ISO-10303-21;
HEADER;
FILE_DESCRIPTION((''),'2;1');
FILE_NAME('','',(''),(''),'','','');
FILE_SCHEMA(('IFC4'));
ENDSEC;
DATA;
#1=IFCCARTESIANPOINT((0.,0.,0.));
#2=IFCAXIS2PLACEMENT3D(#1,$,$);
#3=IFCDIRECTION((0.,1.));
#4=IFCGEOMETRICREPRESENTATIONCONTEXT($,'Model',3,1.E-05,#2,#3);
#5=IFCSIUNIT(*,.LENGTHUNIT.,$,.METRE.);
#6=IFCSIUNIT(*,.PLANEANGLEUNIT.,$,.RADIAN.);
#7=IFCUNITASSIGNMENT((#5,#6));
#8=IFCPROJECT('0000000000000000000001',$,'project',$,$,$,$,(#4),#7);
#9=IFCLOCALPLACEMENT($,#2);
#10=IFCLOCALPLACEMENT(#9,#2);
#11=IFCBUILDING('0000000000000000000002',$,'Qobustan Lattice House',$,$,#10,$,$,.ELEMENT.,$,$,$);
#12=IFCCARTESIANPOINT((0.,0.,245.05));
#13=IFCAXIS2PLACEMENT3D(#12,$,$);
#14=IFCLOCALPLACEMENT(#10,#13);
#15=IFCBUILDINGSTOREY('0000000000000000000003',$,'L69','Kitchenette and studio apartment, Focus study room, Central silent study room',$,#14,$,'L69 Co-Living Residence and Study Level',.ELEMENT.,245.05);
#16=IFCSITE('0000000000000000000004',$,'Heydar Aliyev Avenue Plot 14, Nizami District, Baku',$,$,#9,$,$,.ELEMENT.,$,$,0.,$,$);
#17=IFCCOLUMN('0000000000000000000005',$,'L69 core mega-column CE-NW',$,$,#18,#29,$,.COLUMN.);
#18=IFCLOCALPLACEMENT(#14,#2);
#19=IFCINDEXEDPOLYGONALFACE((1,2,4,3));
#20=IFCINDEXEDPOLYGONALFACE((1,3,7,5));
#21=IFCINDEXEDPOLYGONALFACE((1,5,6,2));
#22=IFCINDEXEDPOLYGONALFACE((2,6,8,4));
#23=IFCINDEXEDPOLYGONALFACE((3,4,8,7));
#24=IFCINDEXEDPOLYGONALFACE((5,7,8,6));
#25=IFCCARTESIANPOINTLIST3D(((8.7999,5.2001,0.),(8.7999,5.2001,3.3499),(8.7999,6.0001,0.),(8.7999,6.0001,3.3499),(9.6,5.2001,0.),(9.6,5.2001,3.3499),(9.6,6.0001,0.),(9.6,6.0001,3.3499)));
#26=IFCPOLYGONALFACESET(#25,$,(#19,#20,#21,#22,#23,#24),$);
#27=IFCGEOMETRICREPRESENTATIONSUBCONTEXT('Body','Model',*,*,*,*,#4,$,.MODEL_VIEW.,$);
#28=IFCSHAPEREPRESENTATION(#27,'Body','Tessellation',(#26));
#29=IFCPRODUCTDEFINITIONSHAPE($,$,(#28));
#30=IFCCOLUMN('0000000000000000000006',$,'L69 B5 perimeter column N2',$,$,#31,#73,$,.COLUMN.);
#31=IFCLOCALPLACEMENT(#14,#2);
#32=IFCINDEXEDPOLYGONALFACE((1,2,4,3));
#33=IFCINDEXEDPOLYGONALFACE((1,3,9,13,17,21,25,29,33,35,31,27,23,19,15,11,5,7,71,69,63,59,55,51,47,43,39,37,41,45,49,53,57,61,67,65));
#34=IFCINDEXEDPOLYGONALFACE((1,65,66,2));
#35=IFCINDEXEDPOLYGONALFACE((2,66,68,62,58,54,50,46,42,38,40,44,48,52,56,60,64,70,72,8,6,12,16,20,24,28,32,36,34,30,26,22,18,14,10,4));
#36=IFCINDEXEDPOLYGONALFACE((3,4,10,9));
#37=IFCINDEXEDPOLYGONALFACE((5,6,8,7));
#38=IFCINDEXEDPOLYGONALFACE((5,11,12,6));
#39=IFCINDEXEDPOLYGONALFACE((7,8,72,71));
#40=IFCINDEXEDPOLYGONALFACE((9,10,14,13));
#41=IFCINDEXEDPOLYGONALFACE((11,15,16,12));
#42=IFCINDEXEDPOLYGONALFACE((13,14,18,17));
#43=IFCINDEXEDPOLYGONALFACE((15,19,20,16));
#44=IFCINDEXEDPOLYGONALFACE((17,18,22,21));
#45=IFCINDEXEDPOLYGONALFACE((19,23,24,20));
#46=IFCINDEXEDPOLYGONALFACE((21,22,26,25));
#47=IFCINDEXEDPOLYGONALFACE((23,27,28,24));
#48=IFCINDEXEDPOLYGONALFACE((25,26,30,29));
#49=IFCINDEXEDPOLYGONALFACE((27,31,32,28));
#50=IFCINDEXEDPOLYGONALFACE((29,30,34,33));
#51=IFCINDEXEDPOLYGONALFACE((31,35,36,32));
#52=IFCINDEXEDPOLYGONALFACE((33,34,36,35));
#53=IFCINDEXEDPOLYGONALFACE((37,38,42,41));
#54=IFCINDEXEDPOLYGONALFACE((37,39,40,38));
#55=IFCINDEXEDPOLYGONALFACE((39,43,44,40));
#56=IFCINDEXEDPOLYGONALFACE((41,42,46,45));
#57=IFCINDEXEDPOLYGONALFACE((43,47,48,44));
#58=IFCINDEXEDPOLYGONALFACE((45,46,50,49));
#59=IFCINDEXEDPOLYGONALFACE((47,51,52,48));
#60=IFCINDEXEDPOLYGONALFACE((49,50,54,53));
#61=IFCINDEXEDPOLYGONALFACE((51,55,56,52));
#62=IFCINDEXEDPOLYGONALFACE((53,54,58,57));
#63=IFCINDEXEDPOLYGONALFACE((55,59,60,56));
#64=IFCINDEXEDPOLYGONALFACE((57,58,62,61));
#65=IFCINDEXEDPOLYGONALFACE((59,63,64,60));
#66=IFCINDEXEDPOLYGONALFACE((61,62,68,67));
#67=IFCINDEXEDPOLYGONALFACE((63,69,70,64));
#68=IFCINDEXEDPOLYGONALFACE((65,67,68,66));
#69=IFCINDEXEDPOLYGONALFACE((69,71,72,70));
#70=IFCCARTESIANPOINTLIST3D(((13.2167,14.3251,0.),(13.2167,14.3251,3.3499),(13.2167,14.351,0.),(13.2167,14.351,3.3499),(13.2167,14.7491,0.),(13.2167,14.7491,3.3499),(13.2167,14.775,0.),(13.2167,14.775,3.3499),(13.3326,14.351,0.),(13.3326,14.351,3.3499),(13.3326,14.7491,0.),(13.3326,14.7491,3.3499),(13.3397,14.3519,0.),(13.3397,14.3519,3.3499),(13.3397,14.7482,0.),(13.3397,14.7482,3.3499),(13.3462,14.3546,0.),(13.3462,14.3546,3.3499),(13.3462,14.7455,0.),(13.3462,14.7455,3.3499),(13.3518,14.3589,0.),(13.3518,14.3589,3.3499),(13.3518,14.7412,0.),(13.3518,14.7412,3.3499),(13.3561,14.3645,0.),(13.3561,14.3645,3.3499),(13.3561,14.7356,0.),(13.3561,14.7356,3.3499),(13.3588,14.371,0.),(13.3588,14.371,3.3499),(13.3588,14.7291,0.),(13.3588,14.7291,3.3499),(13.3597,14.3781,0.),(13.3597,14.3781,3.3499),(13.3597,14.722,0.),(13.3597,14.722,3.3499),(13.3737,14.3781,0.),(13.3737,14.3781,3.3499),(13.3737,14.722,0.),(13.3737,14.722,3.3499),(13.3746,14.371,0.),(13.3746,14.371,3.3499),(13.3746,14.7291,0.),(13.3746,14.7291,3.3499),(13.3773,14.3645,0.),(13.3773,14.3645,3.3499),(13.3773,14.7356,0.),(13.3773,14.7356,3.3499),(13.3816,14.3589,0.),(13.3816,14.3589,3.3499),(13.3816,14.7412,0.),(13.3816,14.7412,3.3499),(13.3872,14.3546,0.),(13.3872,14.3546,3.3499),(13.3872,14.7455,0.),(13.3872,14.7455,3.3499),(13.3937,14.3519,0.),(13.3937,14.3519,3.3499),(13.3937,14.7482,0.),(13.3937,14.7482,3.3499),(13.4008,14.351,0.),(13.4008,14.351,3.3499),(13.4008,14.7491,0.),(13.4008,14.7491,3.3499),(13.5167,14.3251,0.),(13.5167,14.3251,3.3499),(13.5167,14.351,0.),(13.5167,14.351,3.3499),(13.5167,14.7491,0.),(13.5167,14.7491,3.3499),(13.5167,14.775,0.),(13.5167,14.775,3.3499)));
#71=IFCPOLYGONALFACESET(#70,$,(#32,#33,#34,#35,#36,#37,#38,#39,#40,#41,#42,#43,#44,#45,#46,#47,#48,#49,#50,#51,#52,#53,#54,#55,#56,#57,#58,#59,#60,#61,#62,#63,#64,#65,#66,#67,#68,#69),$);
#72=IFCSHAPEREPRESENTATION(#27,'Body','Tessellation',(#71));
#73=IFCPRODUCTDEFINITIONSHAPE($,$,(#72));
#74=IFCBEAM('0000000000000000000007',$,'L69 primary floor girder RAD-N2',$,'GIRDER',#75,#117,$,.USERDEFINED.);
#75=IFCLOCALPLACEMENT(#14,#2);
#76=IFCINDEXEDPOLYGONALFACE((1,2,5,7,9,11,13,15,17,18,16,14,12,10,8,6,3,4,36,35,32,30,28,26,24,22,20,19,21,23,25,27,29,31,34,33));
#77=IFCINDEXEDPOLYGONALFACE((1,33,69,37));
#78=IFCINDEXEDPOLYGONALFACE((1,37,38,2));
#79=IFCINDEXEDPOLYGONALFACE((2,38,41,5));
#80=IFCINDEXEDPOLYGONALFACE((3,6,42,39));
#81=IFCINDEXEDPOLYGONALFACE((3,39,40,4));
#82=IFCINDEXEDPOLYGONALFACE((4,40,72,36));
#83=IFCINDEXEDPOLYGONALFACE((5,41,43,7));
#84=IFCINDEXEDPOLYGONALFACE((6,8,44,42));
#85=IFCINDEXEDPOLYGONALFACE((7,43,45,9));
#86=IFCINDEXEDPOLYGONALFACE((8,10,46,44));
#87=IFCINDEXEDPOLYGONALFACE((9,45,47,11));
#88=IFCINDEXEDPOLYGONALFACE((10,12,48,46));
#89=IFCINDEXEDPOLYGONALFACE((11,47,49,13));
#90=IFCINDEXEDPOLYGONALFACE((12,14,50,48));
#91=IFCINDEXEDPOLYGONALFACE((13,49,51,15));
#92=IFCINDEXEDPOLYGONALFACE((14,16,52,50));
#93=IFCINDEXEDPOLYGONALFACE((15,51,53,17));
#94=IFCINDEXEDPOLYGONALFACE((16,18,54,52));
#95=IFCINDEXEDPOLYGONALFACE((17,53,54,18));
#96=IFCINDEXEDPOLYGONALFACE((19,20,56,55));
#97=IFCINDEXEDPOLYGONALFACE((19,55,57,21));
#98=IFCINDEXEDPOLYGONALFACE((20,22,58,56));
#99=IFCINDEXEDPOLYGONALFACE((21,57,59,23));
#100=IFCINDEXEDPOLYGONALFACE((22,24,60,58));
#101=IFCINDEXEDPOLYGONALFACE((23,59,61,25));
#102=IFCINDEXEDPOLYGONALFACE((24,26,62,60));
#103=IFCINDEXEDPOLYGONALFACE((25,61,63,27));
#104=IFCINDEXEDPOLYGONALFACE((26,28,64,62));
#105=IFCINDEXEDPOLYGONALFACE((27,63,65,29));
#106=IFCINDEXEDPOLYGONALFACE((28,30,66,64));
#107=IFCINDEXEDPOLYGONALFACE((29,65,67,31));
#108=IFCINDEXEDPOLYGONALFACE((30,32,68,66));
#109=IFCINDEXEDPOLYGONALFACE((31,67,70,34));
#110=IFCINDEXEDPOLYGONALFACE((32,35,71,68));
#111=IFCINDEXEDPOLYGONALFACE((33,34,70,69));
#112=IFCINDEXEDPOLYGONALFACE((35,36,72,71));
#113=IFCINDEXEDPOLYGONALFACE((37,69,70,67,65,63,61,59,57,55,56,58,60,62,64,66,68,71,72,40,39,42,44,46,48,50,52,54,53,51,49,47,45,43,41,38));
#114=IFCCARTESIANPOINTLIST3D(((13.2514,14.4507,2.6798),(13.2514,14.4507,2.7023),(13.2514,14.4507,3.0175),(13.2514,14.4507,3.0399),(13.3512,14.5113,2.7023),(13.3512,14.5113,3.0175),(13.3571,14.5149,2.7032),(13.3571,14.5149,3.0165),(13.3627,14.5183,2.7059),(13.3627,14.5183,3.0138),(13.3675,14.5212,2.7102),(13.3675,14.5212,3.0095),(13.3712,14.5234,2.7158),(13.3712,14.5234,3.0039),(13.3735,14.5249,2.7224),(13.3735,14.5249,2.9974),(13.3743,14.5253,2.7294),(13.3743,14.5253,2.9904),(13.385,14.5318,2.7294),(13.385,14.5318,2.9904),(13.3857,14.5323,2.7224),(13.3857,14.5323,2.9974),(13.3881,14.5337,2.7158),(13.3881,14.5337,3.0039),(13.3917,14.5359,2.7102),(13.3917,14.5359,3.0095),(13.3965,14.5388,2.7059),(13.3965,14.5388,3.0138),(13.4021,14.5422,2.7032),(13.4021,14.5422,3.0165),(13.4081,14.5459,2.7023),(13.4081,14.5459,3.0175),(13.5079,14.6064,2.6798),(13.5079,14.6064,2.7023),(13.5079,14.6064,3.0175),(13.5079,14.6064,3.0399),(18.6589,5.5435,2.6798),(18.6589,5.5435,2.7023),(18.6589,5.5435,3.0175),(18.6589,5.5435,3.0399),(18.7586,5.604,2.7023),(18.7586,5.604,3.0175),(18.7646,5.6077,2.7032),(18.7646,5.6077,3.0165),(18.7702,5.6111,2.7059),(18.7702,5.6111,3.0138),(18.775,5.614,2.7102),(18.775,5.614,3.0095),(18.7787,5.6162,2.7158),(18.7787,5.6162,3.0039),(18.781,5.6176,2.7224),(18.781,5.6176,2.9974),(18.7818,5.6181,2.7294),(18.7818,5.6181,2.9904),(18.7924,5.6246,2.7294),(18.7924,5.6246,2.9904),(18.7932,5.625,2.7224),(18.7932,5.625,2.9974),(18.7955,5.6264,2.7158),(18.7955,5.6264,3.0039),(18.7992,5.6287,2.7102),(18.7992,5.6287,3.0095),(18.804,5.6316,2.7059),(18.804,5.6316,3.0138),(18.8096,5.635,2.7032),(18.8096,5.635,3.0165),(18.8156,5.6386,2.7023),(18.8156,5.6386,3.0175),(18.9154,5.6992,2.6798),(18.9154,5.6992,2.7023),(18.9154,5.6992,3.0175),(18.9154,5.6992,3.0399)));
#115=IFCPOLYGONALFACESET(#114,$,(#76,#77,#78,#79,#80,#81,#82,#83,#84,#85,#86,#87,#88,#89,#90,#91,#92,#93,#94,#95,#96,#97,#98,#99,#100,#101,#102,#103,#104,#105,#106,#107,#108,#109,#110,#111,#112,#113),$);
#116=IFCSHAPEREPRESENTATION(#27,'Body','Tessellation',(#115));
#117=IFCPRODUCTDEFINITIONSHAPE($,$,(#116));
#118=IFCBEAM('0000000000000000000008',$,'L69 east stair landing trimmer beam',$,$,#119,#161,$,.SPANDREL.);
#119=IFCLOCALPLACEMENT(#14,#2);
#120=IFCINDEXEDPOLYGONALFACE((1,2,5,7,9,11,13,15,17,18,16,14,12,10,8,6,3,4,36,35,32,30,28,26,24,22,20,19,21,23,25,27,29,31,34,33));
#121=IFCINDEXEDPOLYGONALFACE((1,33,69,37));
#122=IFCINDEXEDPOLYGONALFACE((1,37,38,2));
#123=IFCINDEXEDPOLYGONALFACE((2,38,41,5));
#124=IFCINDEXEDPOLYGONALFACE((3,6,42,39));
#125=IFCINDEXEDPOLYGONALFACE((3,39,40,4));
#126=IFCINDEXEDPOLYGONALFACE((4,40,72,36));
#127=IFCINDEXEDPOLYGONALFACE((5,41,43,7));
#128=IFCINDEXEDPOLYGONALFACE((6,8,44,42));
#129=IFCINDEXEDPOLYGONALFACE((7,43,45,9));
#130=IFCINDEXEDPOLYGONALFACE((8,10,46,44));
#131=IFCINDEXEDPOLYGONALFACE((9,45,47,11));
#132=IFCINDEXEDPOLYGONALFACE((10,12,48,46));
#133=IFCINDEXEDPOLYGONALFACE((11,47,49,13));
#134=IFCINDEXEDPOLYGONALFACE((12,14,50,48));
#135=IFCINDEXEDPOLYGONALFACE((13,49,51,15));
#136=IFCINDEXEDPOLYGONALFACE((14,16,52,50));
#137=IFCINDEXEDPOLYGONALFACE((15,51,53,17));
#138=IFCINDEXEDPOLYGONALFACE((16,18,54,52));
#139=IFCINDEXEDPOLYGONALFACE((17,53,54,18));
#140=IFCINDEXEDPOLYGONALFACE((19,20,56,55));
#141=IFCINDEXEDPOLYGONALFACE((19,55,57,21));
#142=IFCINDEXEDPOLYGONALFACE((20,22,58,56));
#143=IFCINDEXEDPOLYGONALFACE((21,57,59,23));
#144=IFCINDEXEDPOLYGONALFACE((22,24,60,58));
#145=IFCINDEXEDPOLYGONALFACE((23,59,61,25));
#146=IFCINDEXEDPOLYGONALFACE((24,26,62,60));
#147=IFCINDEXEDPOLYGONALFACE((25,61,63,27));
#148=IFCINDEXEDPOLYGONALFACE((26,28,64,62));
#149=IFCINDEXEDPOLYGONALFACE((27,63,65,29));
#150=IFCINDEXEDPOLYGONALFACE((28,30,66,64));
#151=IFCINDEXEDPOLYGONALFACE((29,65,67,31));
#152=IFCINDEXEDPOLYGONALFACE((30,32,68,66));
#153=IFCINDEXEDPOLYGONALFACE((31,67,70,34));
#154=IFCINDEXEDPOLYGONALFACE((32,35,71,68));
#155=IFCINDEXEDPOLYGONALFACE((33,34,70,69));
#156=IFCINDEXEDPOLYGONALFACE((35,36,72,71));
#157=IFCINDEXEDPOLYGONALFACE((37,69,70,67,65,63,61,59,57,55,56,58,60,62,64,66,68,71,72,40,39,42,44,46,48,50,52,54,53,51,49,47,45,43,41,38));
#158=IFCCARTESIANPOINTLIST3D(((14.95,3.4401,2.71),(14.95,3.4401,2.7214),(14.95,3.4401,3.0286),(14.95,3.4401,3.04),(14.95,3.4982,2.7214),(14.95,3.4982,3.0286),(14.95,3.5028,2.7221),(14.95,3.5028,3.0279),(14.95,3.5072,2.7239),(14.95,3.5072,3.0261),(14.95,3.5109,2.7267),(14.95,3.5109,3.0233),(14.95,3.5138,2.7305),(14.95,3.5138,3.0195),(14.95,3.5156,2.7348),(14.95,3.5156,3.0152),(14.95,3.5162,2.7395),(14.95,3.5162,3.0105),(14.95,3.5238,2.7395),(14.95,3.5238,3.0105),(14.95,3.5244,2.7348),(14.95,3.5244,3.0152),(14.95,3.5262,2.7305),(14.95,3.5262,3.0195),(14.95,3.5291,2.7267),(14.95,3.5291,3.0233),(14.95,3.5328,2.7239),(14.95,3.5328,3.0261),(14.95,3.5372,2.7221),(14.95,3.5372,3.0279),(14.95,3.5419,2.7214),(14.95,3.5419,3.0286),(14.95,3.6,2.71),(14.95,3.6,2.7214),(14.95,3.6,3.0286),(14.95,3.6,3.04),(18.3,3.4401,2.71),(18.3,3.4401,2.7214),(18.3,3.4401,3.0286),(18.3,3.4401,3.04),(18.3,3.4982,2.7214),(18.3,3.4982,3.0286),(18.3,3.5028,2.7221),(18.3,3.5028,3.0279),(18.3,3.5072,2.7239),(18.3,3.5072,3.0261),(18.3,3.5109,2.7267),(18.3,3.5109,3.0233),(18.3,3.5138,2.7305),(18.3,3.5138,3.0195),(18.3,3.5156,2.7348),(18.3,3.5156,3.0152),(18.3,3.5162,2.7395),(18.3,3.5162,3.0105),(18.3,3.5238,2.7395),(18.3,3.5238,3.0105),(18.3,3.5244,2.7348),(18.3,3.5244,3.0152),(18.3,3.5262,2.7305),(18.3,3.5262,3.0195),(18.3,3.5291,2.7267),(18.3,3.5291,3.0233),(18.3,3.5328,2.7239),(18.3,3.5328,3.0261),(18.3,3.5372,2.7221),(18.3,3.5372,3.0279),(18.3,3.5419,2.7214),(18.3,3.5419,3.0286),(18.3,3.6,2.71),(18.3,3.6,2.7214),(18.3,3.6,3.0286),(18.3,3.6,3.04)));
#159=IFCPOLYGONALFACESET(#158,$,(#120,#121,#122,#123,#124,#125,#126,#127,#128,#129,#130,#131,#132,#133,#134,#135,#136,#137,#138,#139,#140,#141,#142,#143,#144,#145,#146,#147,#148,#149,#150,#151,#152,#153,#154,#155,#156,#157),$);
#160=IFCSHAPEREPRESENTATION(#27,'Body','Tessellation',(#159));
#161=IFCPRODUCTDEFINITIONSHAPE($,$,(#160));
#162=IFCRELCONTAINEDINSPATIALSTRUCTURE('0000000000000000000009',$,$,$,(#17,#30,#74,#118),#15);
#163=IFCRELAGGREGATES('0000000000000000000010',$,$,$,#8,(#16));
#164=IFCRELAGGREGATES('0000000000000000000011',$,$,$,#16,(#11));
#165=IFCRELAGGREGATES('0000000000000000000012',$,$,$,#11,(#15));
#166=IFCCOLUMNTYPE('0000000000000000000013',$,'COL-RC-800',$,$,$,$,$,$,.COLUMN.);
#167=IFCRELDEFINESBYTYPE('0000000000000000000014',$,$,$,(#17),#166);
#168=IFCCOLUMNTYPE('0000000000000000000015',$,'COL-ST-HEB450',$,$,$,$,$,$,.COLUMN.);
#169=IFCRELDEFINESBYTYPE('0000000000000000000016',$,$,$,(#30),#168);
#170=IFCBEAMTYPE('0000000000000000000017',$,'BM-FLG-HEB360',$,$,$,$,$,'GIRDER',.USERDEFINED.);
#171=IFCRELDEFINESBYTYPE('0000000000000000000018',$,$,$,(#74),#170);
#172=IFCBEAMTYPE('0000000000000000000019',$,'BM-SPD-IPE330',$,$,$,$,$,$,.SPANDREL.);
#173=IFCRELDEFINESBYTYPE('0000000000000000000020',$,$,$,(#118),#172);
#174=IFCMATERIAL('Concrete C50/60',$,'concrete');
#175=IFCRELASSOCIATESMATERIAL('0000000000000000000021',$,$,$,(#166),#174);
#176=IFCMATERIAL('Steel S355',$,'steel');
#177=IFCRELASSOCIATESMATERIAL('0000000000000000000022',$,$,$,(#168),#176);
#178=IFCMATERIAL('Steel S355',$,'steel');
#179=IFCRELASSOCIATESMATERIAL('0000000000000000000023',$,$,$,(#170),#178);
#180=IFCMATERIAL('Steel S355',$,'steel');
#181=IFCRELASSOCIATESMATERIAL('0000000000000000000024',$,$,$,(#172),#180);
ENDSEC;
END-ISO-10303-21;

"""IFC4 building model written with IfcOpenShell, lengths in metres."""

from ifc_helpers import new_model, si_unit, direction, frame, origin, origin_2d, place, context, subcontext, project, spatial, rectangle, i_section, extrude, material, material_profile, profile_set, type_object, element, save


model = new_model("IFC4")

# Units and contexts
model_context = context("Model", 3, precision=1e-05, world=origin(), true_north=direction((0.0, 1.0)))
body_context = subcontext(model_context, "Body", "Model", "MODEL_VIEW")
ifc_project = project(units=[si_unit("LENGTHUNIT", "METRE"), si_unit("PLANEANGLEUNIT", "RADIAN")], contexts=[model_context])

# Site, building, storey
site_placement = place(None, origin())
site = spatial("IfcSite", under=ifc_project, at=site_placement, Name="Heydar Aliyev Avenue Plot 14, Nizami District, Baku", CompositionType="ELEMENT", RefElevation=0.0)
building_placement = place(site_placement, origin())
building = spatial("IfcBuilding", under=site, at=building_placement, Name="Qobustan Lattice House", CompositionType="ELEMENT")
storey_placement = place(building_placement, frame((0.0, 0.0, 245.05)))
storey = spatial("IfcBuildingStorey", under=building, at=storey_placement, Name="L69", Description="Kitchenette and studio apartment, Focus study room, Central silent study room", LongName="L69 Co-Living Residence and Study Level", CompositionType="ELEMENT", Elevation=245.05)

# Columns
ifc_material_1 = material(Name="Concrete C50/60", Category="concrete")
ifc_material_profile_1 = material_profile(ifc_material_1, rectangle(XDim=0.8, YDim=0.8, at=origin_2d()), Name="RC800x800")
ifc_profile_set_1 = profile_set([ifc_material_profile_1], Name="Concrete C50/60")
column_type_1 = type_object("IfcColumnType", Name="COL-RC-800", PredefinedType="COLUMN", material=ifc_profile_set_1)
column_1_placement = place(storey_placement, frame((9.2, 5.6001, 0.0), z_axis=(0.0, 0.0, 1.0), x_axis=(1.0, 0.0, 0.0)))
element("IfcColumn", 1, at=column_1_placement, inside=storey, type_object=column_type_1, Name="L69 core mega-column CE-NW", PredefinedType="COLUMN", context=body_context, shape_type="SweptSolid", body=[
    extrude(rectangle(XDim=0.8, YDim=0.8, at=origin_2d()), origin(), (0.0, 0.0, 1.0), 3.3499),
])
ifc_material_2 = material(Name="Steel S355", Category="steel")
ifc_material_profile_2 = material_profile(ifc_material_2, i_section(OverallWidth=0.3, OverallDepth=0.45, WebThickness=0.0139, FlangeThickness=0.0259, FilletRadius=0.0271, at=origin_2d()), Name="HEB450")
ifc_profile_set_2 = profile_set([ifc_material_profile_2], Name="Steel S355")
column_type_2 = type_object("IfcColumnType", Name="COL-ST-HEB450", PredefinedType="COLUMN", material=ifc_profile_set_2)
column_2_placement = place(storey_placement, frame((13.3667, 14.55, 0.0), z_axis=(0.0, 0.0, 1.0), x_axis=(1.0, 0.0, 0.0)))
element("IfcColumn", 2, at=column_2_placement, inside=storey, type_object=column_type_2, Name="L69 B5 perimeter column N2", PredefinedType="COLUMN", context=body_context, shape_type="SweptSolid", body=[
    extrude(i_section(OverallWidth=0.3, OverallDepth=0.45, WebThickness=0.0139, FlangeThickness=0.0259, FilletRadius=0.0271, at=origin_2d()), origin(), (0.0, 0.0, 1.0), 3.3499),
])

# Beams
ifc_material_3 = material(Name="Steel S355", Category="steel")
ifc_material_profile_3 = material_profile(ifc_material_3, i_section(OverallWidth=0.3, OverallDepth=0.3601, WebThickness=0.0125, FlangeThickness=0.0225, FilletRadius=0.0271, at=origin_2d()), Name="HEB360")
ifc_profile_set_3 = profile_set([ifc_material_profile_3], Name="Steel S355")
beam_type_1 = type_object("IfcBeamType", Name="BM-FLG-HEB360", ElementType="GIRDER", PredefinedType="USERDEFINED", material=ifc_profile_set_3)
beam_1_placement = place(storey_placement, frame((13.3796, 14.5286, 2.8599), z_axis=(0.518944, -0.854808, 0.0), x_axis=(0.854808, 0.518944, 0.0)))
element("IfcBeam", 3, at=beam_1_placement, inside=storey, type_object=beam_type_1, Name="L69 primary floor girder RAD-N2", ObjectType="GIRDER", PredefinedType="USERDEFINED", context=body_context, shape_type="SweptSolid", body=[
    extrude(i_section(OverallWidth=0.3, OverallDepth=0.3601, WebThickness=0.0125, FlangeThickness=0.0225, FilletRadius=0.0271, at=origin_2d()), origin(), (0.0, 0.0, 1.0), 10.4202),
])
ifc_material_4 = material(Name="Steel S355", Category="steel")
ifc_material_profile_4 = material_profile(ifc_material_4, i_section(OverallWidth=0.1599, OverallDepth=0.3301, WebThickness=0.0076, FlangeThickness=0.0115, FilletRadius=0.0181, at=origin_2d()), Name="IPE330")
ifc_profile_set_4 = profile_set([ifc_material_profile_4], Name="Steel S355")
beam_type_2 = type_object("IfcBeamType", Name="BM-SPD-IPE330", PredefinedType="SPANDREL", material=ifc_profile_set_4)
beam_2_placement = place(storey_placement, frame((14.95, 3.52, 2.875), z_axis=(1.0, 0.0, 0.0), x_axis=(0.0, 1.0, 0.0)))
element("IfcBeam", 4, at=beam_2_placement, inside=storey, type_object=beam_type_2, Name="L69 east stair landing trimmer beam", PredefinedType="SPANDREL", context=body_context, shape_type="SweptSolid", body=[
    extrude(i_section(OverallWidth=0.1599, OverallDepth=0.3301, WebThickness=0.0076, FlangeThickness=0.0115, FilletRadius=0.0181, at=origin_2d()), origin(), (0.0, 0.0, 1.0), 3.3501),
])

save(model, "model.ifc")
